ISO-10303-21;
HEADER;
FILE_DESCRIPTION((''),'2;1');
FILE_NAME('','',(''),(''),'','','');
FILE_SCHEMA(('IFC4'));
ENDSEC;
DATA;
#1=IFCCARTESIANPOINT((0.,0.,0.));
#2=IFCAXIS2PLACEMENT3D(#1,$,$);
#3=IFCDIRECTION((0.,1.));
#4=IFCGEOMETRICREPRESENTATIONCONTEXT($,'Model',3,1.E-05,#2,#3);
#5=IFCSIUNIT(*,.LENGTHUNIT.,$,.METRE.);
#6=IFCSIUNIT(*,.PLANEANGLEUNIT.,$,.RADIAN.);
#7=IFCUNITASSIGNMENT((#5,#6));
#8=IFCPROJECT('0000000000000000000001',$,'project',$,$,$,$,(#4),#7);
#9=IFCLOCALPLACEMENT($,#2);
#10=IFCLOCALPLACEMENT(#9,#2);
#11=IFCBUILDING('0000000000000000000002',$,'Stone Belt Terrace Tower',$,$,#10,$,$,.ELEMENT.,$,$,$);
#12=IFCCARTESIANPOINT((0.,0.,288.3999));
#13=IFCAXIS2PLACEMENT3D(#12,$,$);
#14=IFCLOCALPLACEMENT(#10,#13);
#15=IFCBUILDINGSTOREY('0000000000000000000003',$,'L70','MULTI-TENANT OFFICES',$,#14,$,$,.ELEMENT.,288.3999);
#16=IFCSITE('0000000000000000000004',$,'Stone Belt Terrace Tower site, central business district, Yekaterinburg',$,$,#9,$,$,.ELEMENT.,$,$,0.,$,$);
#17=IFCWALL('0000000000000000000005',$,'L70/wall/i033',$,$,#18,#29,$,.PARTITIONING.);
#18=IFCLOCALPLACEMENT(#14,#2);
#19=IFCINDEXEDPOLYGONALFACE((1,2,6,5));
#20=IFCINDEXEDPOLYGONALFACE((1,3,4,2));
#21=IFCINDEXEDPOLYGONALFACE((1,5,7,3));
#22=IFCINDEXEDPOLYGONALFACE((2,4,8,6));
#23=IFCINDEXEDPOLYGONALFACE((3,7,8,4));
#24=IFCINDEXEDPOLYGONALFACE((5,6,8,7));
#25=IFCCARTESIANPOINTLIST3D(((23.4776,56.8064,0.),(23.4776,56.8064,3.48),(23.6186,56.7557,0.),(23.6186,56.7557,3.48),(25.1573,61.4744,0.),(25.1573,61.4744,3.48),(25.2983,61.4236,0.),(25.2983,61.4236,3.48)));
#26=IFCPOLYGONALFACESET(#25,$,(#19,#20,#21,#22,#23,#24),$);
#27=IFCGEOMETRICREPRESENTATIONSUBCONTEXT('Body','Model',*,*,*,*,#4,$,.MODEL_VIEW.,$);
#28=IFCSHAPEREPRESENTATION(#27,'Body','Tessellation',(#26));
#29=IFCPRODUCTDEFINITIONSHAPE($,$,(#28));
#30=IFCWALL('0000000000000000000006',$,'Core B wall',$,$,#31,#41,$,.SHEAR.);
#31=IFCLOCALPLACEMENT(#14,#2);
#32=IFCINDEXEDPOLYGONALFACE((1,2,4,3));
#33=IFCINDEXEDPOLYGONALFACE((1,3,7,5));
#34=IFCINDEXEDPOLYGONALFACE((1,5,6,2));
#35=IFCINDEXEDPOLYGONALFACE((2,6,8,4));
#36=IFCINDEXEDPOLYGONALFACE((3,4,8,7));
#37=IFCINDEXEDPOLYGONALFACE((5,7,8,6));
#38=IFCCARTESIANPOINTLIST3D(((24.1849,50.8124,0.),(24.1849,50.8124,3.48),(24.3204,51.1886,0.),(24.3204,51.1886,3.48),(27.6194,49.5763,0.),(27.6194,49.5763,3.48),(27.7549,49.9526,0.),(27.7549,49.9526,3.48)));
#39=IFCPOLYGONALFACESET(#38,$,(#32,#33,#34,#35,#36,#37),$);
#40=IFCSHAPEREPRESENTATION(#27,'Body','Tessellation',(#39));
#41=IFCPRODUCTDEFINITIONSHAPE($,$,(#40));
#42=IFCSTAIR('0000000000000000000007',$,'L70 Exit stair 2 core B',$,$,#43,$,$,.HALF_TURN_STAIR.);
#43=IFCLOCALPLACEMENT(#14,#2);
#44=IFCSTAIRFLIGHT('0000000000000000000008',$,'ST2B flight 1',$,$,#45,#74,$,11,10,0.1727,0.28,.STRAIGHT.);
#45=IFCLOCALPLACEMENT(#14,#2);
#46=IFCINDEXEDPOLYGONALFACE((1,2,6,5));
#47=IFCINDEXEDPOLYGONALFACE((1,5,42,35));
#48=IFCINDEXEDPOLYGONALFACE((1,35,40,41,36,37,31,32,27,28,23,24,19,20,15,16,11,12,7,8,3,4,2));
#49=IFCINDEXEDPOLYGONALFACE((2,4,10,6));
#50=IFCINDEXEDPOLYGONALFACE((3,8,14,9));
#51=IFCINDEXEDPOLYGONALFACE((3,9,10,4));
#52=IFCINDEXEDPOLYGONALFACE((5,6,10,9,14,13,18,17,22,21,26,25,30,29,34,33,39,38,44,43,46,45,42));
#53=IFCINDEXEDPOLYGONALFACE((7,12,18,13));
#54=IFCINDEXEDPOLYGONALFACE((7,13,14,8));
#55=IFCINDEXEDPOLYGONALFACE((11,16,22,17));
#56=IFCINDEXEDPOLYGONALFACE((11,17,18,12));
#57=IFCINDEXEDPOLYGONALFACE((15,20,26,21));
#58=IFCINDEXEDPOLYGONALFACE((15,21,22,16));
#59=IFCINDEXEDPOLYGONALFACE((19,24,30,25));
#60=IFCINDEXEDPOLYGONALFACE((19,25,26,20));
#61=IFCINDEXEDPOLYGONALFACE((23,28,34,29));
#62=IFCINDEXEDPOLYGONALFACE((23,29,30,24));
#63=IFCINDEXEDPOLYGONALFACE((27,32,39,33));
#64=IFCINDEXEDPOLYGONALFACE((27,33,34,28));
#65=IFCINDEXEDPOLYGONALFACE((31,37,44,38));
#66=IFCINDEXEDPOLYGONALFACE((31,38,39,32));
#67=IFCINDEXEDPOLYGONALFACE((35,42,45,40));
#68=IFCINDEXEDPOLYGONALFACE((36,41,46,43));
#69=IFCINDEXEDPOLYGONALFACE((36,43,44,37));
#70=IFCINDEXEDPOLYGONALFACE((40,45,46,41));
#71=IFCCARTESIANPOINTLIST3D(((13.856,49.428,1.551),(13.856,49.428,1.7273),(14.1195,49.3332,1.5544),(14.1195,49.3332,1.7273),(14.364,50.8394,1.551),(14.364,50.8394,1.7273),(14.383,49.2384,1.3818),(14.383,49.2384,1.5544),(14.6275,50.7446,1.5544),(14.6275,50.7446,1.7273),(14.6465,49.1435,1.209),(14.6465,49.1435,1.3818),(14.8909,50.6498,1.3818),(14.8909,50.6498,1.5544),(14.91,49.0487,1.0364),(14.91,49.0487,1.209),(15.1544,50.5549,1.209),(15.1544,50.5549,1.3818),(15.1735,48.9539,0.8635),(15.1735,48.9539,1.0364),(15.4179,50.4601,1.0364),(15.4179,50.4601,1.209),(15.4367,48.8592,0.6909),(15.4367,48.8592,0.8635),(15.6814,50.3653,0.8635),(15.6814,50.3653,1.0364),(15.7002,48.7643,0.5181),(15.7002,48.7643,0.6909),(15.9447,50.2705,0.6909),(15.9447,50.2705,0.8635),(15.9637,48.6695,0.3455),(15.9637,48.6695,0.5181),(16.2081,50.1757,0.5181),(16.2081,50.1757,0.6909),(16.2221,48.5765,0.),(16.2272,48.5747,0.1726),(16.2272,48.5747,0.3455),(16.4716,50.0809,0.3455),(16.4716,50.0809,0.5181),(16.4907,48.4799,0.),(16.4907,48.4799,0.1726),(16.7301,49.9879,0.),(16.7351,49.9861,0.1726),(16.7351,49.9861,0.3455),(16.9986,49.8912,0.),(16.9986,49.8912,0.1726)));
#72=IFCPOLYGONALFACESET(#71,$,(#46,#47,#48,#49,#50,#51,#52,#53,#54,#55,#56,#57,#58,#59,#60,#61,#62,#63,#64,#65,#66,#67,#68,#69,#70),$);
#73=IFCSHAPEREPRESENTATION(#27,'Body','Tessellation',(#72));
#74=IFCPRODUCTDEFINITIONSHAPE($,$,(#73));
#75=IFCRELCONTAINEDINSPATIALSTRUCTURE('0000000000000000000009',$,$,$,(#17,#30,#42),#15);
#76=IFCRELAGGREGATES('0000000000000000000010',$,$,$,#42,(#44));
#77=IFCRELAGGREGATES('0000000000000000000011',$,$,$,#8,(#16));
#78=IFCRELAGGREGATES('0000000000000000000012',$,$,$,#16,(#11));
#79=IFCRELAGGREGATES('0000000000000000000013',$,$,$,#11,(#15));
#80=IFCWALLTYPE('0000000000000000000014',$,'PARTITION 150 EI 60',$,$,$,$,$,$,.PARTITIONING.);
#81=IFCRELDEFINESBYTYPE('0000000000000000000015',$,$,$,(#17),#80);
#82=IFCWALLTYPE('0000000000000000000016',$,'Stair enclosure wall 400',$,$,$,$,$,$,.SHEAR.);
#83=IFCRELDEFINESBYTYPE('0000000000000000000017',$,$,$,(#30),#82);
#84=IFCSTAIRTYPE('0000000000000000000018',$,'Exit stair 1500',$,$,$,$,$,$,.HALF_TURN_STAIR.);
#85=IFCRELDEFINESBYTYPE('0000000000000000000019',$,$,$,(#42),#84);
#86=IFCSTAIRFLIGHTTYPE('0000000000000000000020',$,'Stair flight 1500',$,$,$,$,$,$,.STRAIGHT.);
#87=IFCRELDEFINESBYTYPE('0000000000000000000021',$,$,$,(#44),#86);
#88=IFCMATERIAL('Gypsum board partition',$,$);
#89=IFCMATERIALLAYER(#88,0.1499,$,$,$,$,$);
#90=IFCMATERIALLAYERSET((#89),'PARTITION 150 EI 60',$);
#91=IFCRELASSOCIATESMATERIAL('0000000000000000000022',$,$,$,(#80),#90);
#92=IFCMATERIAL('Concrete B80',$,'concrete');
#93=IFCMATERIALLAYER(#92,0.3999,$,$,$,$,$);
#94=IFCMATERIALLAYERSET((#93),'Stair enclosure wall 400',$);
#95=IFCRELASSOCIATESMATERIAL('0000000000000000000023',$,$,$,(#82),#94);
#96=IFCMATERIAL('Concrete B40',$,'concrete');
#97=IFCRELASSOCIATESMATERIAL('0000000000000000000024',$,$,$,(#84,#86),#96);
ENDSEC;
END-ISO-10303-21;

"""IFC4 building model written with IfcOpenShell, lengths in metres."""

from ifc_helpers import new_model, si_unit, direction, frame, frame_2d, origin, place, context, subcontext, project, spatial, polyline, rectangle, outline, extrude, material, layer, layer_set, type_object, element, aggregate, save


model = new_model("IFC4")

# Units and contexts
model_context = context("Model", 3, precision=1e-05, world=origin(), true_north=direction((0.0, 1.0)))
body_context = subcontext(model_context, "Body", "Model", "MODEL_VIEW")
ifc_project = project(units=[si_unit("LENGTHUNIT", "METRE"), si_unit("PLANEANGLEUNIT", "RADIAN")], contexts=[model_context])

# Site, building, storey
site_placement = place(None, origin())
site = spatial("IfcSite", under=ifc_project, at=site_placement, Name="Stone Belt Terrace Tower site, central business district, Yekaterinburg", CompositionType="ELEMENT", RefElevation=0.0)
building_placement = place(site_placement, origin())
building = spatial("IfcBuilding", under=site, at=building_placement, Name="Stone Belt Terrace Tower", CompositionType="ELEMENT")
storey_placement = place(building_placement, frame((0.0, 0.0, 288.3999)))
storey = spatial("IfcBuildingStorey", under=building, at=storey_placement, Name="L70", Description="MULTI-TENANT OFFICES", CompositionType="ELEMENT", Elevation=288.3999)

# Shared definitions
ifc_material_1 = material(Name="Concrete B80", Category="concrete")

# Walls
ifc_material_2 = material(Name="Gypsum board partition")
ifc_layer_1 = layer(ifc_material_2, 0.1499)
ifc_layer_set_1 = layer_set([ifc_layer_1], Name="PARTITION 150 EI 60")
wall_type_1 = type_object("IfcWallType", Name="PARTITION 150 EI 60", PredefinedType="PARTITIONING", material=ifc_layer_set_1)
wall_1_placement = place(storey_placement, frame((25.2278, 61.449, 0.0), z_axis=(0.0, 0.0, 1.0), x_axis=(-0.33858, -0.940938, 0.0)))
element("IfcWall", 1, at=wall_1_placement, inside=storey, type_object=wall_type_1, Name="L70/wall/i033", PredefinedType="PARTITIONING", context=body_context, shape_type="SweptSolid", body=[
    extrude(rectangle(XDim=4.9609, YDim=0.1499, at=frame_2d((2.4805, 0.0))), origin(), (0.0, 0.0, 1.0), 3.48),
])
ifc_layer_2 = layer(ifc_material_1, 0.3999)
ifc_layer_set_2 = layer_set([ifc_layer_2], Name="Stair enclosure wall 400")
wall_type_2 = type_object("IfcWallType", Name="Stair enclosure wall 400", PredefinedType="SHEAR", material=ifc_layer_set_2)
wall_2_placement = place(storey_placement, frame((27.6873, 49.7644, 0.0), z_axis=(0.0, 0.0, 1.0), x_axis=(-0.940919, 0.338632, 0.0)))
element("IfcWall", 2, at=wall_2_placement, inside=storey, type_object=wall_type_2, Name="Core B wall", PredefinedType="SHEAR", context=body_context, shape_type="SweptSolid", body=[
    extrude(rectangle(XDim=3.6501, YDim=0.3999, at=frame_2d((1.8252, 0.0))), origin(), (0.0, 0.0, 1.0), 3.48),
])

# Stair, stair flight
ifc_material_3 = material(Name="Concrete B40", Category="concrete")
stair_type = type_object("IfcStairType", Name="Exit stair 1500", PredefinedType="HALF_TURN_STAIR", material=ifc_material_3)
stair_placement = place(storey_placement, origin())
stair = element("IfcStair", 3, at=stair_placement, inside=storey, type_object=stair_type, Name="L70 Exit stair 2 core B", PredefinedType="HALF_TURN_STAIR")
stair_flight_type = type_object("IfcStairFlightType", Name="Stair flight 1500", PredefinedType="STRAIGHT", material=ifc_material_3)
stair_flight_placement = place(storey_placement, frame((16.7446, 49.1855, 0.0), z_axis=(0.0, 0.0, 1.0), x_axis=(-0.940922, 0.338624, 0.0)))
stair_flight = element("IfcStairFlight", 4, at=stair_flight_placement, type_object=stair_flight_type, Name="ST2B flight 1", NumberOfRisers=11, NumberOfTreads=10, PredefinedType="STRAIGHT", RiserHeight=0.1727, TreadLength=0.28, context=body_context, shape_type="SweptSolid", body=[
    extrude(outline(polyline([(0.0, 0.0), (0.0, 0.1726), (0.28, 0.1726), (0.28, 0.3455), (0.5601, 0.3455), (0.5601, 0.5181), (0.8401, 0.5181), (0.8401, 0.6909), (1.1201, 0.6909), (1.1201, 0.8635), (1.3999, 0.8635), (1.3999, 1.0364), (1.6799, 1.0364), (1.6799, 1.209), (1.96, 1.209), (1.96, 1.3818), (2.24, 1.3818), (2.24, 1.5544), (2.52, 1.5544), (2.52, 1.7273), (2.8, 1.7273), (2.8, 1.8999), (2.8, 1.551), (0.2854, 0.0), (0.0, 0.0)])), frame((0.0, 0.75, 0.0), z_axis=(0.0, -1.0, 0.0), x_axis=(1.0, 0.0, 0.0)), (0.0, 0.0, 1.0), 1.5),
])
aggregate(stair, [stair_flight])

save(model, "model.ifc")
